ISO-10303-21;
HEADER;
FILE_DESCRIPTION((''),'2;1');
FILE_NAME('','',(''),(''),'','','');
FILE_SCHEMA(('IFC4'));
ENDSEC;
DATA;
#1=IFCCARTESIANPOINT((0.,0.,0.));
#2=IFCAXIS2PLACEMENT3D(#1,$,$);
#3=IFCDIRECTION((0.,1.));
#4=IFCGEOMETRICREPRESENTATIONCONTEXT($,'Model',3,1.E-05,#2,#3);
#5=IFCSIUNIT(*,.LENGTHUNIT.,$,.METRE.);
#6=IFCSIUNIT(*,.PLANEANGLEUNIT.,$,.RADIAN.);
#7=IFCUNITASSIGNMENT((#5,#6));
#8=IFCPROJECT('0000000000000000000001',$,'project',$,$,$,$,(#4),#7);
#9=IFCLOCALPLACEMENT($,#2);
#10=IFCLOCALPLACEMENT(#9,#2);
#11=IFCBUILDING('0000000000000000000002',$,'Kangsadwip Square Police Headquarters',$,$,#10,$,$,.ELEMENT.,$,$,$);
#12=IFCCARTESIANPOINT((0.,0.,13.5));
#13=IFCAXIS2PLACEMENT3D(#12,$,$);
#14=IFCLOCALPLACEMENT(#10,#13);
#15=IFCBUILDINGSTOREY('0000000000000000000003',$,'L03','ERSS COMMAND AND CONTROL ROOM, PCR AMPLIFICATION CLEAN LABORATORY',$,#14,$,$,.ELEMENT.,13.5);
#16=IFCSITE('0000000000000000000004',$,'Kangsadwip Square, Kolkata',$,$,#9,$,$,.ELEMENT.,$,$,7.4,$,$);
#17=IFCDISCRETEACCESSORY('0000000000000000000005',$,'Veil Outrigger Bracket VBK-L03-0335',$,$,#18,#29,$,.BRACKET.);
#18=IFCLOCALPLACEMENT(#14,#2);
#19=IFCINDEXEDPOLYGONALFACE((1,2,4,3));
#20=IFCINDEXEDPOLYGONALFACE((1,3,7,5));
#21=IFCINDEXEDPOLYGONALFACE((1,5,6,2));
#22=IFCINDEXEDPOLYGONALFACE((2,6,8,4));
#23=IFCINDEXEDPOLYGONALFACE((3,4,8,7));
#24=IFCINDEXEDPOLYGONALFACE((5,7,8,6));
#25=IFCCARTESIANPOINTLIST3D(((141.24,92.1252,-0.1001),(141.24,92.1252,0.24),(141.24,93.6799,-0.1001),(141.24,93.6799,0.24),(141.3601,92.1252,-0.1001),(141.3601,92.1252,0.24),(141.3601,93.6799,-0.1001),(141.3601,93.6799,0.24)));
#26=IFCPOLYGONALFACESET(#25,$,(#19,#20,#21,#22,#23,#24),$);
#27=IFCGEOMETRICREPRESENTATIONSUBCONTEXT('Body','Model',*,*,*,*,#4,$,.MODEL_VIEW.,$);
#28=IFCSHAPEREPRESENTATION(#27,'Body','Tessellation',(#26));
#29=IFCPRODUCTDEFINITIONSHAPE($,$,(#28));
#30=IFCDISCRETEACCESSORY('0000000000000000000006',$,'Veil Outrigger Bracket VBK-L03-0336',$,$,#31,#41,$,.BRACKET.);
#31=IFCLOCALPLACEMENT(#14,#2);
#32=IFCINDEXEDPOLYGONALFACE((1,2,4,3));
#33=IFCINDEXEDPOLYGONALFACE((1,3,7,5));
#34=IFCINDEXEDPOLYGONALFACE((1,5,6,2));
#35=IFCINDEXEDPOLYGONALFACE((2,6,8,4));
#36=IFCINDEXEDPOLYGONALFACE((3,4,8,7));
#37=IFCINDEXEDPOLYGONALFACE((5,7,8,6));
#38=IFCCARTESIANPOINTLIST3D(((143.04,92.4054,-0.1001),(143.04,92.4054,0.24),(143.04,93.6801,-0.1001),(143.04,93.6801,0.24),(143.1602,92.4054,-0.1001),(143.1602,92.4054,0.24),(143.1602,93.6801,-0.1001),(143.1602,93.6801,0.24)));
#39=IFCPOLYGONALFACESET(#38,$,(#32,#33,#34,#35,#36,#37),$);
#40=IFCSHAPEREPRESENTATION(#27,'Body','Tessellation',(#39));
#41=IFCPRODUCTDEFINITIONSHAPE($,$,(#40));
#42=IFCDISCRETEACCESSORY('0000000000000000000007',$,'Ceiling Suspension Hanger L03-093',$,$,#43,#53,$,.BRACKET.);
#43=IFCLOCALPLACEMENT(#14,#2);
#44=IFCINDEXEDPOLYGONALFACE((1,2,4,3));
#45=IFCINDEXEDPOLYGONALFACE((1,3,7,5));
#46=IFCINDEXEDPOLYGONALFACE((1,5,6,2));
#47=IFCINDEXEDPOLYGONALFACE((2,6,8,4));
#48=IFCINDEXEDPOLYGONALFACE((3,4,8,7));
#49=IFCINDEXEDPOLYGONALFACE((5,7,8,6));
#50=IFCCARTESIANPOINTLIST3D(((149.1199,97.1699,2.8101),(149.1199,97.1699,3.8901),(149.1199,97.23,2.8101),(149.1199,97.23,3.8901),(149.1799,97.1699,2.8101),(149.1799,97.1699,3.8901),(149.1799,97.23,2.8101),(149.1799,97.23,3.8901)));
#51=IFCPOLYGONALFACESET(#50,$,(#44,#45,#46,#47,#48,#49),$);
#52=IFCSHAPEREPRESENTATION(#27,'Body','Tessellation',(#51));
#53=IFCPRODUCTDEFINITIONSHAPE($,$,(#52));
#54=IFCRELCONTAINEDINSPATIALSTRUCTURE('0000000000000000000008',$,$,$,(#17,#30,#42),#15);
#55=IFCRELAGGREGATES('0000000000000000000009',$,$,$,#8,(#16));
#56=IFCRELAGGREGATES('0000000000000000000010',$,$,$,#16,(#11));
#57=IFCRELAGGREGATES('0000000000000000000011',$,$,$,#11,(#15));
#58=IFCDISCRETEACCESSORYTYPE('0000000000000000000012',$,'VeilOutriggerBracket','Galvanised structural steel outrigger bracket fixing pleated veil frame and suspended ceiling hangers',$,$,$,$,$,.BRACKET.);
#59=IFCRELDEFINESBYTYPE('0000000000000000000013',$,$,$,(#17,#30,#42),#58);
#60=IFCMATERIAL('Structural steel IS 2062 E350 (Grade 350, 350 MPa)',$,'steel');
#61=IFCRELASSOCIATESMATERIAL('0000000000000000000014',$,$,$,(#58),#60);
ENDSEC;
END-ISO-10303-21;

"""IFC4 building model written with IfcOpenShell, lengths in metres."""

from ifc_helpers import new_model, si_unit, direction, frame, origin, origin_2d, place, context, subcontext, project, spatial, rectangle, extrude, material, type_object, element, save


model = new_model("IFC4")

# Units and contexts
model_context = context("Model", 3, precision=1e-05, world=origin(), true_north=direction((0.0, 1.0)))
body_context = subcontext(model_context, "Body", "Model", "MODEL_VIEW")
ifc_project = project(units=[si_unit("LENGTHUNIT", "METRE"), si_unit("PLANEANGLEUNIT", "RADIAN")], contexts=[model_context])

# Site, building, storey
site_placement = place(None, origin())
site = spatial("IfcSite", under=ifc_project, at=site_placement, Name="Kangsadwip Square, Kolkata", CompositionType="ELEMENT", RefElevation=7.4)
building_placement = place(site_placement, origin())
building = spatial("IfcBuilding", under=site, at=building_placement, Name="Kangsadwip Square Police Headquarters", CompositionType="ELEMENT")
storey_placement = place(building_placement, frame((0.0, 0.0, 13.5)))
storey = spatial("IfcBuildingStorey", under=building, at=storey_placement, Name="L03", Description="ERSS COMMAND AND CONTROL ROOM, PCR AMPLIFICATION CLEAN LABORATORY", CompositionType="ELEMENT", Elevation=13.5)

# Discrete accessories
ifc_material_1 = material(Name="Structural steel IS 2062 E350 (Grade 350, 350 MPa)", Category="steel")
discrete_accessory_type = type_object("IfcDiscreteAccessoryType", Name="VeilOutriggerBracket", Description="Galvanised structural steel outrigger bracket fixing pleated veil frame and suspended ceiling hangers", PredefinedType="BRACKET", material=ifc_material_1)
discrete_accessory_1_placement = place(storey_placement, frame((141.3, 92.9026, -0.1001), z_axis=(0.0, 0.0, 1.0), x_axis=(1.0, 0.0, 0.0)))
element("IfcDiscreteAccessory", 1, at=discrete_accessory_1_placement, inside=storey, type_object=discrete_accessory_type, Name="Veil Outrigger Bracket VBK-L03-0335", PredefinedType="BRACKET", context=body_context, shape_type="SweptSolid", body=[
    extrude(rectangle(XDim=0.1201, YDim=1.5547, at=origin_2d()), origin(), (0.0, 0.0, 1.0), 0.3401),
])
discrete_accessory_2_placement = place(storey_placement, frame((143.1001, 93.0427, -0.1001), z_axis=(0.0, 0.0, 1.0), x_axis=(1.0, 0.0, 0.0)))
element("IfcDiscreteAccessory", 2, at=discrete_accessory_2_placement, inside=storey, type_object=discrete_accessory_type, Name="Veil Outrigger Bracket VBK-L03-0336", PredefinedType="BRACKET", context=body_context, shape_type="SweptSolid", body=[
    extrude(rectangle(XDim=0.1201, YDim=1.2747, at=origin_2d()), origin(), (0.0, 0.0, 1.0), 0.3401),
])
discrete_accessory_3_placement = place(storey_placement, frame((149.1499, 97.2, 2.8101), z_axis=(0.0, 0.0, 1.0), x_axis=(1.0, 0.0, 0.0)))
element("IfcDiscreteAccessory", 3, at=discrete_accessory_3_placement, inside=storey, type_object=discrete_accessory_type, Name="Ceiling Suspension Hanger L03-093", PredefinedType="BRACKET", context=body_context, shape_type="SweptSolid", body=[
    extrude(rectangle(XDim=0.0601, YDim=0.0601, at=origin_2d()), origin(), (0.0, 0.0, 1.0), 1.0801),
])

save(model, "model.ifc")
